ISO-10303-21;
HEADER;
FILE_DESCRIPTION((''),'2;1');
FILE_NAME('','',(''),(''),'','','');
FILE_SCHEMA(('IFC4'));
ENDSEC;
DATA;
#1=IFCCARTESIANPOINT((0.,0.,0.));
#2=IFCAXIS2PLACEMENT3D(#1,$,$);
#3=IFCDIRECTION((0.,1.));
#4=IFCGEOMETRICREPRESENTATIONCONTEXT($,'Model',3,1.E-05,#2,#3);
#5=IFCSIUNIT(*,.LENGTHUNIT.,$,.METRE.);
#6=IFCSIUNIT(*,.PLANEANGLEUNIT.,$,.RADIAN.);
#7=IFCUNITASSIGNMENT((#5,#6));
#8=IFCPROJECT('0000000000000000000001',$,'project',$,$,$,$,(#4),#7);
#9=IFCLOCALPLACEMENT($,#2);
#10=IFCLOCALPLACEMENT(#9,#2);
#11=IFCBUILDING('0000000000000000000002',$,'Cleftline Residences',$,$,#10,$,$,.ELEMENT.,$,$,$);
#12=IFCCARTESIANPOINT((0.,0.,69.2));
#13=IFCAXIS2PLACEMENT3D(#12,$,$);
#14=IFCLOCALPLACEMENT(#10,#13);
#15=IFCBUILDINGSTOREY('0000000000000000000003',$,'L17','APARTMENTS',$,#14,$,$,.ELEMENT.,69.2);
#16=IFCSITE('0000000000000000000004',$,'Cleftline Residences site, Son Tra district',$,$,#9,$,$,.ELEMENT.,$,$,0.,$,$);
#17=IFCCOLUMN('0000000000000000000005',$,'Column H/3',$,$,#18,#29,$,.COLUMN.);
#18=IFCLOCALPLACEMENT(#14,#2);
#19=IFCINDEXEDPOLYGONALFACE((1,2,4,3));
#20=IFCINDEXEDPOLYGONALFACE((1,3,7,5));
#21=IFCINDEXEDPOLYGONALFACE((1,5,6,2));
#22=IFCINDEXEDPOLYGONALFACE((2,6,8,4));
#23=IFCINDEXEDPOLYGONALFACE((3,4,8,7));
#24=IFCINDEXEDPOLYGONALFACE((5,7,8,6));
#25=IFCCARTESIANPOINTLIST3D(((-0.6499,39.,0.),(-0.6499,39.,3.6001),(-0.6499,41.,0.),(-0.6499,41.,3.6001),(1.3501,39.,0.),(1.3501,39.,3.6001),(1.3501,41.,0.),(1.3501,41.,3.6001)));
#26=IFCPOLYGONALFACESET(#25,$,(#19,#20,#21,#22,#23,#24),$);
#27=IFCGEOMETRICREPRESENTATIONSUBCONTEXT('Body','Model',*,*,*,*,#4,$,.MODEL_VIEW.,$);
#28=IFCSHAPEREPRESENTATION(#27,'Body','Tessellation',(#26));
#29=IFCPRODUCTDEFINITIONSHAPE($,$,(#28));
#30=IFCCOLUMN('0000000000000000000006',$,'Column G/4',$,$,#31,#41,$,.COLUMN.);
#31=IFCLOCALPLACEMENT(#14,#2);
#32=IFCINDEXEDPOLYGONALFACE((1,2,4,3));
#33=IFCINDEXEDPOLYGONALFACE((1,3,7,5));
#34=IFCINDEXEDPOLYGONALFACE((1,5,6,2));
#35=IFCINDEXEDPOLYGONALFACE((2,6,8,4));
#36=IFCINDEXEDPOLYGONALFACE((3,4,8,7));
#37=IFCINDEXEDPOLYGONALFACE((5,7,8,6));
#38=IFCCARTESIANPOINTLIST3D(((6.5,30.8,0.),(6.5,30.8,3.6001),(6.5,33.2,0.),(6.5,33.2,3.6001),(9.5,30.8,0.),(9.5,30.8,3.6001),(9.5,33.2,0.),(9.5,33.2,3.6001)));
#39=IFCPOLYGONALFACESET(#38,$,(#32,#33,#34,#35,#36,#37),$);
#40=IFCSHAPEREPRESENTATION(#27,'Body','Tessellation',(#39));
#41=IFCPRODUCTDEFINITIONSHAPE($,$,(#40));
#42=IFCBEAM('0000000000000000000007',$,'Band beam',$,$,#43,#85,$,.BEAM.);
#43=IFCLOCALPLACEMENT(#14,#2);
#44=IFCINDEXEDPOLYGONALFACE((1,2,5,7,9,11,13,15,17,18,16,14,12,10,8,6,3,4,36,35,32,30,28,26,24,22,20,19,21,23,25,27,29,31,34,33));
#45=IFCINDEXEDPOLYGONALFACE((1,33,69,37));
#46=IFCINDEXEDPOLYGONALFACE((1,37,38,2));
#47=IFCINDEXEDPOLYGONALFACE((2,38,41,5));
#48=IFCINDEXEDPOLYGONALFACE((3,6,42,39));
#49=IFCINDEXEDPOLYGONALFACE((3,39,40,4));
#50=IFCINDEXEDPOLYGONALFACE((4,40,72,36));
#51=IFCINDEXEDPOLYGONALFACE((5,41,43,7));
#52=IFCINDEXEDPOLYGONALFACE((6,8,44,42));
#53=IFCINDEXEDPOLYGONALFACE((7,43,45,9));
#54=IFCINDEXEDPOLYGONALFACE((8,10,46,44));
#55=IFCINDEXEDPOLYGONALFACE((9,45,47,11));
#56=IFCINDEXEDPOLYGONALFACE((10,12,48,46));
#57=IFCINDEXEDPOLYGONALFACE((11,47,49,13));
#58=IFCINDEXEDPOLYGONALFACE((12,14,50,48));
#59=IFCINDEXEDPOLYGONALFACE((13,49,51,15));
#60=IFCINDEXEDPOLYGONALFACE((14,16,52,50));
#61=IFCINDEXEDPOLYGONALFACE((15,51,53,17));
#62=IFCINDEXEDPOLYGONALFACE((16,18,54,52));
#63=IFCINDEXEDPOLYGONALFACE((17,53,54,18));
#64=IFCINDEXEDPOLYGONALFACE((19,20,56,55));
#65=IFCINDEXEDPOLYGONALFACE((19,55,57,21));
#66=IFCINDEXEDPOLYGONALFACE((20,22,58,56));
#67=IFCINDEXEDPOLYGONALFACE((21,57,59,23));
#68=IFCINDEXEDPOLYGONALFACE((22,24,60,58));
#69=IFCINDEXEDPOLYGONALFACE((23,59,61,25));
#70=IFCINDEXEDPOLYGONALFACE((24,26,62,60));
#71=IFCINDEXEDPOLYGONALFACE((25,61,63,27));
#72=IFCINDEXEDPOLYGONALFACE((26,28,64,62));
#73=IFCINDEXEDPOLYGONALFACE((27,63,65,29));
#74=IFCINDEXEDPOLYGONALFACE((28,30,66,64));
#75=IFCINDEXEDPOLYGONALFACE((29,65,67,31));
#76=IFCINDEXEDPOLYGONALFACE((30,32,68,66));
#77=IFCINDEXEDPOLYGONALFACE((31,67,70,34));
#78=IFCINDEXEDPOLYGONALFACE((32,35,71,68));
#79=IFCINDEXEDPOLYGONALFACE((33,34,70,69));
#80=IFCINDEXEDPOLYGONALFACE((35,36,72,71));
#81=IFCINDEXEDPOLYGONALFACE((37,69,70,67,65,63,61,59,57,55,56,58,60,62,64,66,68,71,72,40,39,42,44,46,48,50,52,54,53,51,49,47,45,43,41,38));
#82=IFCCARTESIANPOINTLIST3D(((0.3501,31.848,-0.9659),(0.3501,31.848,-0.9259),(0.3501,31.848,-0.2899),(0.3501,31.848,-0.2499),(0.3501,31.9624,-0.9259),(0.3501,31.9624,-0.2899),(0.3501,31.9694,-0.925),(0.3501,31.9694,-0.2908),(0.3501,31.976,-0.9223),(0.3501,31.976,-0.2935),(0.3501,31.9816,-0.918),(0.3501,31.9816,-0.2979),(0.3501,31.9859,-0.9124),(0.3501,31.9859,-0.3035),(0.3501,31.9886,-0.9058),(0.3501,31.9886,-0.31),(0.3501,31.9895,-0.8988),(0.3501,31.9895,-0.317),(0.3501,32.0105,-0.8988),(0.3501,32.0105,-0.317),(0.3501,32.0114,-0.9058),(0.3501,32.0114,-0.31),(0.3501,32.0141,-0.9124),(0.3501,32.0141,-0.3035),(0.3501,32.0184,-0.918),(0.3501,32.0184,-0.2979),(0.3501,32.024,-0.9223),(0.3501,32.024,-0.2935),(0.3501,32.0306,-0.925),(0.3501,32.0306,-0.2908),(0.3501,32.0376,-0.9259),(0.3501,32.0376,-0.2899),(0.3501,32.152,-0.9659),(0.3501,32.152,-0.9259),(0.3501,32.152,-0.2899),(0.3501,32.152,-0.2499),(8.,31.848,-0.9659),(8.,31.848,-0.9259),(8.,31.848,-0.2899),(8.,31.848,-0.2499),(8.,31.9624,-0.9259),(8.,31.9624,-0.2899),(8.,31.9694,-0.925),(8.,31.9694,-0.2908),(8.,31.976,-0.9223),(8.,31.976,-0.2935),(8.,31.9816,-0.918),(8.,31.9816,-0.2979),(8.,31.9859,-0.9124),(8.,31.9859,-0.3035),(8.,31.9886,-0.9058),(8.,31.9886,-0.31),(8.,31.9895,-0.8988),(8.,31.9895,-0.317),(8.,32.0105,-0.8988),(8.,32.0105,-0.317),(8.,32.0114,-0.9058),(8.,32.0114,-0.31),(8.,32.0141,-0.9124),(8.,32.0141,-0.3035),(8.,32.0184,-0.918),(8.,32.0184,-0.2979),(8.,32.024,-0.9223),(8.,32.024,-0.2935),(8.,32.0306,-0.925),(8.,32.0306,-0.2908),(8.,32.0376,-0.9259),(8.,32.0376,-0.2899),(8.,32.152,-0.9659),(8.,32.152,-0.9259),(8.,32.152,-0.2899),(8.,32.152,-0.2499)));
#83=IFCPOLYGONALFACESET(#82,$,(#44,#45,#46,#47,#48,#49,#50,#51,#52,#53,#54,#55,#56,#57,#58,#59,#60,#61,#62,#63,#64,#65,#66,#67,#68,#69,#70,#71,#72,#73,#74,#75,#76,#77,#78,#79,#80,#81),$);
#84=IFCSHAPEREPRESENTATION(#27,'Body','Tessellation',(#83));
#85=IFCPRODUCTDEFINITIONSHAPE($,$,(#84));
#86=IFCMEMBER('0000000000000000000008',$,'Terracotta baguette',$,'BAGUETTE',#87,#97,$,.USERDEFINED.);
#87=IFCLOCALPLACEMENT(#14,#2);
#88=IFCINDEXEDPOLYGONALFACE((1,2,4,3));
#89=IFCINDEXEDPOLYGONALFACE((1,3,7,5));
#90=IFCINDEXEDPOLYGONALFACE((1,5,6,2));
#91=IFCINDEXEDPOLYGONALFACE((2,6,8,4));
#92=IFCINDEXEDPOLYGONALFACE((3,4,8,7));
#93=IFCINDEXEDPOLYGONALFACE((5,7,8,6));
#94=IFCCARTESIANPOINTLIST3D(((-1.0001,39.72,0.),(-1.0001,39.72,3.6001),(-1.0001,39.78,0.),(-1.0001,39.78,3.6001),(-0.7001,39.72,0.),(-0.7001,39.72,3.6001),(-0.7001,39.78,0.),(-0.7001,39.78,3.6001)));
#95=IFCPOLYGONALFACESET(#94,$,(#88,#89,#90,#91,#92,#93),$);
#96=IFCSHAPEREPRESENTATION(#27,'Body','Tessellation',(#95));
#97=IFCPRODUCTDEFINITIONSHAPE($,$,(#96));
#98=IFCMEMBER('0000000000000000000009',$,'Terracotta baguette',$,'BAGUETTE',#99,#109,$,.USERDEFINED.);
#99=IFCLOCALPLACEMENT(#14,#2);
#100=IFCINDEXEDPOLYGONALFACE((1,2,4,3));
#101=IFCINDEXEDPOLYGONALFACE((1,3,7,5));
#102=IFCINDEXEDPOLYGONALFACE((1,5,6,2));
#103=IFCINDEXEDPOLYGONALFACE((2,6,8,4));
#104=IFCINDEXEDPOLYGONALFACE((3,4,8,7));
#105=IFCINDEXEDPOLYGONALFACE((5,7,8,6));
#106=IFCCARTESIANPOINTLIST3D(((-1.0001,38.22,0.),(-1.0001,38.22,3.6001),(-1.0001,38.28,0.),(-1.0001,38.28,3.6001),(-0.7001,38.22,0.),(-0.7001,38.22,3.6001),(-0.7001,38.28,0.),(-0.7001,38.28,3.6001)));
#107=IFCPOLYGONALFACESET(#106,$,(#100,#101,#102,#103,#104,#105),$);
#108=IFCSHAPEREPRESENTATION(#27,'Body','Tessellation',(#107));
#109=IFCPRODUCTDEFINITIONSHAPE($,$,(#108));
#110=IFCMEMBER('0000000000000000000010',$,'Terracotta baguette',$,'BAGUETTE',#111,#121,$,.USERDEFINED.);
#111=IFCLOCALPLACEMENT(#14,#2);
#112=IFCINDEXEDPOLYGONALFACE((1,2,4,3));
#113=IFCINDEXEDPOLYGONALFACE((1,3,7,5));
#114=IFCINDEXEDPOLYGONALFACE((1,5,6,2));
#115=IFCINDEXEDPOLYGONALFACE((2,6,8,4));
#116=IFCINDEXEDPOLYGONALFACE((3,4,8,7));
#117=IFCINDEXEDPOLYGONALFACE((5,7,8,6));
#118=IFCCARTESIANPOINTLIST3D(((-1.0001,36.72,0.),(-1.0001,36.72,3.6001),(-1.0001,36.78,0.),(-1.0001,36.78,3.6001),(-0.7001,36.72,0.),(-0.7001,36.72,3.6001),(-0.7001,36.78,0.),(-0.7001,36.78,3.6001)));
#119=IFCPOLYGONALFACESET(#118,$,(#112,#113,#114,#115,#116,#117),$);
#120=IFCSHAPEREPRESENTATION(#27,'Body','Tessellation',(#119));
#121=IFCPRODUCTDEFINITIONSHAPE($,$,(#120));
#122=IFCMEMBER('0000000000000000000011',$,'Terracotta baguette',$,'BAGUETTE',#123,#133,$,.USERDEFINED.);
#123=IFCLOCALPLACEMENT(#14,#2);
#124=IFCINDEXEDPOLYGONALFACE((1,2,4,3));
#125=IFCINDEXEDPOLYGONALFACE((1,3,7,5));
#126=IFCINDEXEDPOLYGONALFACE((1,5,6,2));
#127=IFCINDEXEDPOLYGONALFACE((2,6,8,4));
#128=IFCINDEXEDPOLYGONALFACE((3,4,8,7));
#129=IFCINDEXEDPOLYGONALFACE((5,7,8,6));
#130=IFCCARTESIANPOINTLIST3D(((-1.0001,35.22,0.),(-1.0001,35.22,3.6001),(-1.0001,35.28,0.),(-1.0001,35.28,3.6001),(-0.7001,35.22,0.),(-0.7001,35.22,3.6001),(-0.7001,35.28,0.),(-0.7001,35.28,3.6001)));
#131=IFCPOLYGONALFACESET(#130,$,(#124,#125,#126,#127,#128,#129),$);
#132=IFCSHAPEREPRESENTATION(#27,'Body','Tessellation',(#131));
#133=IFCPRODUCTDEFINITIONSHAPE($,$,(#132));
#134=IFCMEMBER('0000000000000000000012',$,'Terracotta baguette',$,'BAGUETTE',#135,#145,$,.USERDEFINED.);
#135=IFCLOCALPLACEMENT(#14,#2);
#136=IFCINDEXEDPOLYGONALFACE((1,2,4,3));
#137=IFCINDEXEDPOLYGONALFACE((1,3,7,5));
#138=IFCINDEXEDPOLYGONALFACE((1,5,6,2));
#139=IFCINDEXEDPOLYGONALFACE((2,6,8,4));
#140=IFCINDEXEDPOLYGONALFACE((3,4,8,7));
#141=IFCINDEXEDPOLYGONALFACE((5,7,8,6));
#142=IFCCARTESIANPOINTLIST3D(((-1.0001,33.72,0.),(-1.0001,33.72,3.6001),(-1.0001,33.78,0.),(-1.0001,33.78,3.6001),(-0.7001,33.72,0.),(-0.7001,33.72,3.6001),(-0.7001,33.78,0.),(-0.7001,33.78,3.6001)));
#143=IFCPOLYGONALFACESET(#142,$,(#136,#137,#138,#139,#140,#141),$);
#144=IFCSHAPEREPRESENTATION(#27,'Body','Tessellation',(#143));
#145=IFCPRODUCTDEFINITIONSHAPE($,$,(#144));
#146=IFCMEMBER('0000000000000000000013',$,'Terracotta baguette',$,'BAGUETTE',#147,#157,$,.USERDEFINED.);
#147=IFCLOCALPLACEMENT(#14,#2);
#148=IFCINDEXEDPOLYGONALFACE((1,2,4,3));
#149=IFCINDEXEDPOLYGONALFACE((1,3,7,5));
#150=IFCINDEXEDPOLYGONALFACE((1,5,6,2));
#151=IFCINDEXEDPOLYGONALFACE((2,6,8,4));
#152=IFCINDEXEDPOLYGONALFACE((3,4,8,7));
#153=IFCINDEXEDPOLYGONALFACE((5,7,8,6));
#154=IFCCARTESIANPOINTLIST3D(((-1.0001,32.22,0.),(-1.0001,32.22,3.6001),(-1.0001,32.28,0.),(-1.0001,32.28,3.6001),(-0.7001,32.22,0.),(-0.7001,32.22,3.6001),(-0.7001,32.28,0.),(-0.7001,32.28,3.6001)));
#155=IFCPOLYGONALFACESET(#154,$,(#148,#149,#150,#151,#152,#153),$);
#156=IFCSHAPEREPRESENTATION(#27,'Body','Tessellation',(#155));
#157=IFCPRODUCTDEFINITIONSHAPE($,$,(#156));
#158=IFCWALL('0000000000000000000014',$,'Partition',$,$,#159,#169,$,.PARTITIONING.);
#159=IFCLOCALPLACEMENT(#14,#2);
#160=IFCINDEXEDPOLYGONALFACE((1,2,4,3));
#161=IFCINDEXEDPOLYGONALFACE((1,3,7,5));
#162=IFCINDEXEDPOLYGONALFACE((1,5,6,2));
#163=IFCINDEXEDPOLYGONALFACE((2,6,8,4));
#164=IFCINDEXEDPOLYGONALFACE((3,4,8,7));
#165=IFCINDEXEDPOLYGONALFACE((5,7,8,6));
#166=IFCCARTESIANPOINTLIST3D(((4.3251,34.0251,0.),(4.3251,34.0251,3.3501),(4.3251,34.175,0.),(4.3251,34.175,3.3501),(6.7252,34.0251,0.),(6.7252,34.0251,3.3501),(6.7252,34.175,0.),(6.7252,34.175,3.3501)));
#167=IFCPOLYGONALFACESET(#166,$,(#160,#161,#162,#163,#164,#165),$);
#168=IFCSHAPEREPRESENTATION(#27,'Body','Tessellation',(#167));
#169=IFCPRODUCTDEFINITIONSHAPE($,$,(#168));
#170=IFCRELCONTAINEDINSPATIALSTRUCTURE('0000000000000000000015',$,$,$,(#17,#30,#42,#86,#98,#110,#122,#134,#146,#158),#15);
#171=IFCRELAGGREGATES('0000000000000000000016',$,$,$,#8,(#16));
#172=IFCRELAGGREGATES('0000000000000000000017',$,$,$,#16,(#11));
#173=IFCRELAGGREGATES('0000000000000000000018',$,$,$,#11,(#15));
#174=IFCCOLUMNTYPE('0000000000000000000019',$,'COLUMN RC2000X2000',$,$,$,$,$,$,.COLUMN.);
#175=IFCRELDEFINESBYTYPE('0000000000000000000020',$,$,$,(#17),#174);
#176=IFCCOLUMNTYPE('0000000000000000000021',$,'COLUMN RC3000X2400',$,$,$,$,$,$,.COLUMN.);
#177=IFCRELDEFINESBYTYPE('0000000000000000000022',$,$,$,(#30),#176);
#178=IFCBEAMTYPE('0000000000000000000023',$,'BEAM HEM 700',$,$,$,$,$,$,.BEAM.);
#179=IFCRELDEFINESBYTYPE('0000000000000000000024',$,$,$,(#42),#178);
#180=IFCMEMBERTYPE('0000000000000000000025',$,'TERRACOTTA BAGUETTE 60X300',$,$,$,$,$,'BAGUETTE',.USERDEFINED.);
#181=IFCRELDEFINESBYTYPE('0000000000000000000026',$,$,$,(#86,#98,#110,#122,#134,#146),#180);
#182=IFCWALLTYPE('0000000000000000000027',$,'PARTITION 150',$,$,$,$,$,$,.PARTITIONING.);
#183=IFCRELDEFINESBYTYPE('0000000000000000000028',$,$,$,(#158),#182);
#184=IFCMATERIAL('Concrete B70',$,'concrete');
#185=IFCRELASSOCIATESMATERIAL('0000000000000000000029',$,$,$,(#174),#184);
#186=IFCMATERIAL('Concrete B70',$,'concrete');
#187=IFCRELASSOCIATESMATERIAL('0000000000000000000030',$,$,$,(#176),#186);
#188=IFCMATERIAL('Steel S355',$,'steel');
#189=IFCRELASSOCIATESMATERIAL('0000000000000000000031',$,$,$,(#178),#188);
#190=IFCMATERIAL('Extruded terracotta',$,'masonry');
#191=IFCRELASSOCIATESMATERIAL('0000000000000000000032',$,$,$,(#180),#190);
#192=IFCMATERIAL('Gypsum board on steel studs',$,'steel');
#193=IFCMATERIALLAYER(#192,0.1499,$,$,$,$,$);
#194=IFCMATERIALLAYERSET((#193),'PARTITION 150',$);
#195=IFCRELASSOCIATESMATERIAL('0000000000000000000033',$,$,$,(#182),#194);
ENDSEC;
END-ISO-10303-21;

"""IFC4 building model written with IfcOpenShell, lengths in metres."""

from ifc_helpers import new_model, si_unit, direction, frame, frame_2d, origin, origin_2d, place, context, subcontext, project, spatial, rectangle, i_section, extrude, material, layer, layer_set, material_profile, profile_set, type_object, element, save


model = new_model("IFC4")

# Units and contexts
model_context = context("Model", 3, precision=1e-05, world=origin(), true_north=direction((0.0, 1.0)))
body_context = subcontext(model_context, "Body", "Model", "MODEL_VIEW")
ifc_project = project(units=[si_unit("LENGTHUNIT", "METRE"), si_unit("PLANEANGLEUNIT", "RADIAN")], contexts=[model_context])

# Site, building, storey
site_placement = place(None, origin())
site = spatial("IfcSite", under=ifc_project, at=site_placement, Name="Cleftline Residences site, Son Tra district", CompositionType="ELEMENT", RefElevation=0.0)
building_placement = place(site_placement, origin())
building = spatial("IfcBuilding", under=site, at=building_placement, Name="Cleftline Residences", CompositionType="ELEMENT")
storey_placement = place(building_placement, frame((0.0, 0.0, 69.2)))
storey = spatial("IfcBuildingStorey", under=building, at=storey_placement, Name="L17", Description="APARTMENTS", CompositionType="ELEMENT", Elevation=69.2)

# Columns
ifc_material_1 = material(Name="Concrete B70", Category="concrete")
ifc_material_profile_1 = material_profile(ifc_material_1, rectangle(XDim=2.0, YDim=2.0, at=origin_2d()))
ifc_profile_set_1 = profile_set([ifc_material_profile_1], Name="Concrete B70")
column_type_1 = type_object("IfcColumnType", Name="COLUMN RC2000X2000", PredefinedType="COLUMN", material=ifc_profile_set_1)
column_1_placement = place(storey_placement, frame((0.3501, 40.0, 0.0), z_axis=(0.0, 0.0, 1.0), x_axis=(1.0, 0.0, 0.0)))
element("IfcColumn", 1, at=column_1_placement, inside=storey, type_object=column_type_1, Name="Column H/3", PredefinedType="COLUMN", context=body_context, shape_type="SweptSolid", body=[
    extrude(rectangle(XDim=2.0, YDim=2.0, at=origin_2d()), origin(), (0.0, 0.0, 1.0), 3.6001),
])
ifc_material_2 = material(Name="Concrete B70", Category="concrete")
ifc_material_profile_2 = material_profile(ifc_material_2, rectangle(XDim=3.0, YDim=2.3999, at=origin_2d()))
ifc_profile_set_2 = profile_set([ifc_material_profile_2], Name="Concrete B70")
column_type_2 = type_object("IfcColumnType", Name="COLUMN RC3000X2400", PredefinedType="COLUMN", material=ifc_profile_set_2)
column_2_placement = place(storey_placement, frame((8.0, 32.0, 0.0), z_axis=(0.0, 0.0, 1.0), x_axis=(1.0, 0.0, 0.0)))
element("IfcColumn", 2, at=column_2_placement, inside=storey, type_object=column_type_2, Name="Column G/4", PredefinedType="COLUMN", context=body_context, shape_type="SweptSolid", body=[
    extrude(rectangle(XDim=3.0, YDim=2.3999, at=origin_2d()), origin(), (0.0, 0.0, 1.0), 3.6001),
])

# Beam
ifc_material_3 = material(Name="Steel S355", Category="steel")
ifc_material_profile_3 = material_profile(ifc_material_3, i_section(OverallWidth=0.304, OverallDepth=0.7161, WebThickness=0.021, FlangeThickness=0.04, FilletRadius=0.0271, at=origin_2d()))
ifc_profile_set_3 = profile_set([ifc_material_profile_3], Name="Steel S355")
beam_type = type_object("IfcBeamType", Name="BEAM HEM 700", PredefinedType="BEAM", material=ifc_profile_set_3)
beam_placement = place(storey_placement, frame((0.3501, 32.0, -0.6079), z_axis=(1.0, 0.0, 0.0), x_axis=(0.0, 1.0, 0.0)))
element("IfcBeam", 3, at=beam_placement, inside=storey, type_object=beam_type, Name="Band beam", PredefinedType="BEAM", context=body_context, shape_type="SweptSolid", body=[
    extrude(i_section(OverallWidth=0.304, OverallDepth=0.7161, WebThickness=0.021, FlangeThickness=0.04, FilletRadius=0.0271, at=origin_2d()), origin(), (0.0, 0.0, 1.0), 7.6499),
])

# Members
ifc_material_4 = material(Name="Extruded terracotta", Category="masonry")
ifc_material_profile_4 = material_profile(ifc_material_4, rectangle(XDim=0.0601, YDim=0.3, at=origin_2d()))
ifc_profile_set_4 = profile_set([ifc_material_profile_4], Name="Extruded terracotta")
member_type = type_object("IfcMemberType", Name="TERRACOTTA BAGUETTE 60X300", ElementType="BAGUETTE", PredefinedType="USERDEFINED", material=ifc_profile_set_4)
for number, where, z_axis, x_axis, name in (
    (4, (-0.8501, 39.75, 0.0), (0.0, 0.0, 1.0), (0.0, 1.0, 0.0), "Terracotta baguette"),
    (5, (-0.8501, 38.25, 0.0), (0.0, 0.0, 1.0), (0.0, 1.0, 0.0), "Terracotta baguette"),
    (6, (-0.8501, 36.75, 0.0), (0.0, 0.0, 1.0), (0.0, 1.0, 0.0), "Terracotta baguette"),
    (7, (-0.8501, 35.25, 0.0), (0.0, 0.0, 1.0), (0.0, 1.0, 0.0), "Terracotta baguette"),
    (8, (-0.8501, 33.75, 0.0), (0.0, 0.0, 1.0), (0.0, 1.0, 0.0), "Terracotta baguette"),
    (9, (-0.8501, 32.25, 0.0), (0.0, 0.0, 1.0), (0.0, 1.0, 0.0), "Terracotta baguette"),
):
    element("IfcMember", number, at=place(storey_placement, frame(where, z_axis=z_axis, x_axis=x_axis)), inside=storey, type_object=member_type, Name=name, ObjectType="BAGUETTE", PredefinedType="USERDEFINED", context=body_context, shape_type="SweptSolid", body=[
        extrude(rectangle(XDim=0.0601, YDim=0.3, at=origin_2d()), origin(), (0.0, 0.0, 1.0), 3.6001),
    ])

# Wall
ifc_material_5 = material(Name="Gypsum board on steel studs", Category="steel")
ifc_layer = layer(ifc_material_5, 0.1499)
ifc_layer_set = layer_set([ifc_layer], Name="PARTITION 150")
wall_type = type_object("IfcWallType", Name="PARTITION 150", PredefinedType="PARTITIONING", material=ifc_layer_set)
wall_1_placement = place(storey_placement, frame((4.325, 34.1001, 0.0), z_axis=(0.0, 0.0, 1.0), x_axis=(1.0, 0.0, 0.0)))
element("IfcWall", 10, at=wall_1_placement, inside=storey, type_object=wall_type, Name="Partition", PredefinedType="PARTITIONING", context=body_context, shape_type="SweptSolid", body=[
    extrude(rectangle(XDim=2.4001, YDim=0.1499, at=frame_2d((1.2002, 0.0))), origin(), (0.0, 0.0, 1.0), 3.3501),
])

save(model, "model.ifc")
